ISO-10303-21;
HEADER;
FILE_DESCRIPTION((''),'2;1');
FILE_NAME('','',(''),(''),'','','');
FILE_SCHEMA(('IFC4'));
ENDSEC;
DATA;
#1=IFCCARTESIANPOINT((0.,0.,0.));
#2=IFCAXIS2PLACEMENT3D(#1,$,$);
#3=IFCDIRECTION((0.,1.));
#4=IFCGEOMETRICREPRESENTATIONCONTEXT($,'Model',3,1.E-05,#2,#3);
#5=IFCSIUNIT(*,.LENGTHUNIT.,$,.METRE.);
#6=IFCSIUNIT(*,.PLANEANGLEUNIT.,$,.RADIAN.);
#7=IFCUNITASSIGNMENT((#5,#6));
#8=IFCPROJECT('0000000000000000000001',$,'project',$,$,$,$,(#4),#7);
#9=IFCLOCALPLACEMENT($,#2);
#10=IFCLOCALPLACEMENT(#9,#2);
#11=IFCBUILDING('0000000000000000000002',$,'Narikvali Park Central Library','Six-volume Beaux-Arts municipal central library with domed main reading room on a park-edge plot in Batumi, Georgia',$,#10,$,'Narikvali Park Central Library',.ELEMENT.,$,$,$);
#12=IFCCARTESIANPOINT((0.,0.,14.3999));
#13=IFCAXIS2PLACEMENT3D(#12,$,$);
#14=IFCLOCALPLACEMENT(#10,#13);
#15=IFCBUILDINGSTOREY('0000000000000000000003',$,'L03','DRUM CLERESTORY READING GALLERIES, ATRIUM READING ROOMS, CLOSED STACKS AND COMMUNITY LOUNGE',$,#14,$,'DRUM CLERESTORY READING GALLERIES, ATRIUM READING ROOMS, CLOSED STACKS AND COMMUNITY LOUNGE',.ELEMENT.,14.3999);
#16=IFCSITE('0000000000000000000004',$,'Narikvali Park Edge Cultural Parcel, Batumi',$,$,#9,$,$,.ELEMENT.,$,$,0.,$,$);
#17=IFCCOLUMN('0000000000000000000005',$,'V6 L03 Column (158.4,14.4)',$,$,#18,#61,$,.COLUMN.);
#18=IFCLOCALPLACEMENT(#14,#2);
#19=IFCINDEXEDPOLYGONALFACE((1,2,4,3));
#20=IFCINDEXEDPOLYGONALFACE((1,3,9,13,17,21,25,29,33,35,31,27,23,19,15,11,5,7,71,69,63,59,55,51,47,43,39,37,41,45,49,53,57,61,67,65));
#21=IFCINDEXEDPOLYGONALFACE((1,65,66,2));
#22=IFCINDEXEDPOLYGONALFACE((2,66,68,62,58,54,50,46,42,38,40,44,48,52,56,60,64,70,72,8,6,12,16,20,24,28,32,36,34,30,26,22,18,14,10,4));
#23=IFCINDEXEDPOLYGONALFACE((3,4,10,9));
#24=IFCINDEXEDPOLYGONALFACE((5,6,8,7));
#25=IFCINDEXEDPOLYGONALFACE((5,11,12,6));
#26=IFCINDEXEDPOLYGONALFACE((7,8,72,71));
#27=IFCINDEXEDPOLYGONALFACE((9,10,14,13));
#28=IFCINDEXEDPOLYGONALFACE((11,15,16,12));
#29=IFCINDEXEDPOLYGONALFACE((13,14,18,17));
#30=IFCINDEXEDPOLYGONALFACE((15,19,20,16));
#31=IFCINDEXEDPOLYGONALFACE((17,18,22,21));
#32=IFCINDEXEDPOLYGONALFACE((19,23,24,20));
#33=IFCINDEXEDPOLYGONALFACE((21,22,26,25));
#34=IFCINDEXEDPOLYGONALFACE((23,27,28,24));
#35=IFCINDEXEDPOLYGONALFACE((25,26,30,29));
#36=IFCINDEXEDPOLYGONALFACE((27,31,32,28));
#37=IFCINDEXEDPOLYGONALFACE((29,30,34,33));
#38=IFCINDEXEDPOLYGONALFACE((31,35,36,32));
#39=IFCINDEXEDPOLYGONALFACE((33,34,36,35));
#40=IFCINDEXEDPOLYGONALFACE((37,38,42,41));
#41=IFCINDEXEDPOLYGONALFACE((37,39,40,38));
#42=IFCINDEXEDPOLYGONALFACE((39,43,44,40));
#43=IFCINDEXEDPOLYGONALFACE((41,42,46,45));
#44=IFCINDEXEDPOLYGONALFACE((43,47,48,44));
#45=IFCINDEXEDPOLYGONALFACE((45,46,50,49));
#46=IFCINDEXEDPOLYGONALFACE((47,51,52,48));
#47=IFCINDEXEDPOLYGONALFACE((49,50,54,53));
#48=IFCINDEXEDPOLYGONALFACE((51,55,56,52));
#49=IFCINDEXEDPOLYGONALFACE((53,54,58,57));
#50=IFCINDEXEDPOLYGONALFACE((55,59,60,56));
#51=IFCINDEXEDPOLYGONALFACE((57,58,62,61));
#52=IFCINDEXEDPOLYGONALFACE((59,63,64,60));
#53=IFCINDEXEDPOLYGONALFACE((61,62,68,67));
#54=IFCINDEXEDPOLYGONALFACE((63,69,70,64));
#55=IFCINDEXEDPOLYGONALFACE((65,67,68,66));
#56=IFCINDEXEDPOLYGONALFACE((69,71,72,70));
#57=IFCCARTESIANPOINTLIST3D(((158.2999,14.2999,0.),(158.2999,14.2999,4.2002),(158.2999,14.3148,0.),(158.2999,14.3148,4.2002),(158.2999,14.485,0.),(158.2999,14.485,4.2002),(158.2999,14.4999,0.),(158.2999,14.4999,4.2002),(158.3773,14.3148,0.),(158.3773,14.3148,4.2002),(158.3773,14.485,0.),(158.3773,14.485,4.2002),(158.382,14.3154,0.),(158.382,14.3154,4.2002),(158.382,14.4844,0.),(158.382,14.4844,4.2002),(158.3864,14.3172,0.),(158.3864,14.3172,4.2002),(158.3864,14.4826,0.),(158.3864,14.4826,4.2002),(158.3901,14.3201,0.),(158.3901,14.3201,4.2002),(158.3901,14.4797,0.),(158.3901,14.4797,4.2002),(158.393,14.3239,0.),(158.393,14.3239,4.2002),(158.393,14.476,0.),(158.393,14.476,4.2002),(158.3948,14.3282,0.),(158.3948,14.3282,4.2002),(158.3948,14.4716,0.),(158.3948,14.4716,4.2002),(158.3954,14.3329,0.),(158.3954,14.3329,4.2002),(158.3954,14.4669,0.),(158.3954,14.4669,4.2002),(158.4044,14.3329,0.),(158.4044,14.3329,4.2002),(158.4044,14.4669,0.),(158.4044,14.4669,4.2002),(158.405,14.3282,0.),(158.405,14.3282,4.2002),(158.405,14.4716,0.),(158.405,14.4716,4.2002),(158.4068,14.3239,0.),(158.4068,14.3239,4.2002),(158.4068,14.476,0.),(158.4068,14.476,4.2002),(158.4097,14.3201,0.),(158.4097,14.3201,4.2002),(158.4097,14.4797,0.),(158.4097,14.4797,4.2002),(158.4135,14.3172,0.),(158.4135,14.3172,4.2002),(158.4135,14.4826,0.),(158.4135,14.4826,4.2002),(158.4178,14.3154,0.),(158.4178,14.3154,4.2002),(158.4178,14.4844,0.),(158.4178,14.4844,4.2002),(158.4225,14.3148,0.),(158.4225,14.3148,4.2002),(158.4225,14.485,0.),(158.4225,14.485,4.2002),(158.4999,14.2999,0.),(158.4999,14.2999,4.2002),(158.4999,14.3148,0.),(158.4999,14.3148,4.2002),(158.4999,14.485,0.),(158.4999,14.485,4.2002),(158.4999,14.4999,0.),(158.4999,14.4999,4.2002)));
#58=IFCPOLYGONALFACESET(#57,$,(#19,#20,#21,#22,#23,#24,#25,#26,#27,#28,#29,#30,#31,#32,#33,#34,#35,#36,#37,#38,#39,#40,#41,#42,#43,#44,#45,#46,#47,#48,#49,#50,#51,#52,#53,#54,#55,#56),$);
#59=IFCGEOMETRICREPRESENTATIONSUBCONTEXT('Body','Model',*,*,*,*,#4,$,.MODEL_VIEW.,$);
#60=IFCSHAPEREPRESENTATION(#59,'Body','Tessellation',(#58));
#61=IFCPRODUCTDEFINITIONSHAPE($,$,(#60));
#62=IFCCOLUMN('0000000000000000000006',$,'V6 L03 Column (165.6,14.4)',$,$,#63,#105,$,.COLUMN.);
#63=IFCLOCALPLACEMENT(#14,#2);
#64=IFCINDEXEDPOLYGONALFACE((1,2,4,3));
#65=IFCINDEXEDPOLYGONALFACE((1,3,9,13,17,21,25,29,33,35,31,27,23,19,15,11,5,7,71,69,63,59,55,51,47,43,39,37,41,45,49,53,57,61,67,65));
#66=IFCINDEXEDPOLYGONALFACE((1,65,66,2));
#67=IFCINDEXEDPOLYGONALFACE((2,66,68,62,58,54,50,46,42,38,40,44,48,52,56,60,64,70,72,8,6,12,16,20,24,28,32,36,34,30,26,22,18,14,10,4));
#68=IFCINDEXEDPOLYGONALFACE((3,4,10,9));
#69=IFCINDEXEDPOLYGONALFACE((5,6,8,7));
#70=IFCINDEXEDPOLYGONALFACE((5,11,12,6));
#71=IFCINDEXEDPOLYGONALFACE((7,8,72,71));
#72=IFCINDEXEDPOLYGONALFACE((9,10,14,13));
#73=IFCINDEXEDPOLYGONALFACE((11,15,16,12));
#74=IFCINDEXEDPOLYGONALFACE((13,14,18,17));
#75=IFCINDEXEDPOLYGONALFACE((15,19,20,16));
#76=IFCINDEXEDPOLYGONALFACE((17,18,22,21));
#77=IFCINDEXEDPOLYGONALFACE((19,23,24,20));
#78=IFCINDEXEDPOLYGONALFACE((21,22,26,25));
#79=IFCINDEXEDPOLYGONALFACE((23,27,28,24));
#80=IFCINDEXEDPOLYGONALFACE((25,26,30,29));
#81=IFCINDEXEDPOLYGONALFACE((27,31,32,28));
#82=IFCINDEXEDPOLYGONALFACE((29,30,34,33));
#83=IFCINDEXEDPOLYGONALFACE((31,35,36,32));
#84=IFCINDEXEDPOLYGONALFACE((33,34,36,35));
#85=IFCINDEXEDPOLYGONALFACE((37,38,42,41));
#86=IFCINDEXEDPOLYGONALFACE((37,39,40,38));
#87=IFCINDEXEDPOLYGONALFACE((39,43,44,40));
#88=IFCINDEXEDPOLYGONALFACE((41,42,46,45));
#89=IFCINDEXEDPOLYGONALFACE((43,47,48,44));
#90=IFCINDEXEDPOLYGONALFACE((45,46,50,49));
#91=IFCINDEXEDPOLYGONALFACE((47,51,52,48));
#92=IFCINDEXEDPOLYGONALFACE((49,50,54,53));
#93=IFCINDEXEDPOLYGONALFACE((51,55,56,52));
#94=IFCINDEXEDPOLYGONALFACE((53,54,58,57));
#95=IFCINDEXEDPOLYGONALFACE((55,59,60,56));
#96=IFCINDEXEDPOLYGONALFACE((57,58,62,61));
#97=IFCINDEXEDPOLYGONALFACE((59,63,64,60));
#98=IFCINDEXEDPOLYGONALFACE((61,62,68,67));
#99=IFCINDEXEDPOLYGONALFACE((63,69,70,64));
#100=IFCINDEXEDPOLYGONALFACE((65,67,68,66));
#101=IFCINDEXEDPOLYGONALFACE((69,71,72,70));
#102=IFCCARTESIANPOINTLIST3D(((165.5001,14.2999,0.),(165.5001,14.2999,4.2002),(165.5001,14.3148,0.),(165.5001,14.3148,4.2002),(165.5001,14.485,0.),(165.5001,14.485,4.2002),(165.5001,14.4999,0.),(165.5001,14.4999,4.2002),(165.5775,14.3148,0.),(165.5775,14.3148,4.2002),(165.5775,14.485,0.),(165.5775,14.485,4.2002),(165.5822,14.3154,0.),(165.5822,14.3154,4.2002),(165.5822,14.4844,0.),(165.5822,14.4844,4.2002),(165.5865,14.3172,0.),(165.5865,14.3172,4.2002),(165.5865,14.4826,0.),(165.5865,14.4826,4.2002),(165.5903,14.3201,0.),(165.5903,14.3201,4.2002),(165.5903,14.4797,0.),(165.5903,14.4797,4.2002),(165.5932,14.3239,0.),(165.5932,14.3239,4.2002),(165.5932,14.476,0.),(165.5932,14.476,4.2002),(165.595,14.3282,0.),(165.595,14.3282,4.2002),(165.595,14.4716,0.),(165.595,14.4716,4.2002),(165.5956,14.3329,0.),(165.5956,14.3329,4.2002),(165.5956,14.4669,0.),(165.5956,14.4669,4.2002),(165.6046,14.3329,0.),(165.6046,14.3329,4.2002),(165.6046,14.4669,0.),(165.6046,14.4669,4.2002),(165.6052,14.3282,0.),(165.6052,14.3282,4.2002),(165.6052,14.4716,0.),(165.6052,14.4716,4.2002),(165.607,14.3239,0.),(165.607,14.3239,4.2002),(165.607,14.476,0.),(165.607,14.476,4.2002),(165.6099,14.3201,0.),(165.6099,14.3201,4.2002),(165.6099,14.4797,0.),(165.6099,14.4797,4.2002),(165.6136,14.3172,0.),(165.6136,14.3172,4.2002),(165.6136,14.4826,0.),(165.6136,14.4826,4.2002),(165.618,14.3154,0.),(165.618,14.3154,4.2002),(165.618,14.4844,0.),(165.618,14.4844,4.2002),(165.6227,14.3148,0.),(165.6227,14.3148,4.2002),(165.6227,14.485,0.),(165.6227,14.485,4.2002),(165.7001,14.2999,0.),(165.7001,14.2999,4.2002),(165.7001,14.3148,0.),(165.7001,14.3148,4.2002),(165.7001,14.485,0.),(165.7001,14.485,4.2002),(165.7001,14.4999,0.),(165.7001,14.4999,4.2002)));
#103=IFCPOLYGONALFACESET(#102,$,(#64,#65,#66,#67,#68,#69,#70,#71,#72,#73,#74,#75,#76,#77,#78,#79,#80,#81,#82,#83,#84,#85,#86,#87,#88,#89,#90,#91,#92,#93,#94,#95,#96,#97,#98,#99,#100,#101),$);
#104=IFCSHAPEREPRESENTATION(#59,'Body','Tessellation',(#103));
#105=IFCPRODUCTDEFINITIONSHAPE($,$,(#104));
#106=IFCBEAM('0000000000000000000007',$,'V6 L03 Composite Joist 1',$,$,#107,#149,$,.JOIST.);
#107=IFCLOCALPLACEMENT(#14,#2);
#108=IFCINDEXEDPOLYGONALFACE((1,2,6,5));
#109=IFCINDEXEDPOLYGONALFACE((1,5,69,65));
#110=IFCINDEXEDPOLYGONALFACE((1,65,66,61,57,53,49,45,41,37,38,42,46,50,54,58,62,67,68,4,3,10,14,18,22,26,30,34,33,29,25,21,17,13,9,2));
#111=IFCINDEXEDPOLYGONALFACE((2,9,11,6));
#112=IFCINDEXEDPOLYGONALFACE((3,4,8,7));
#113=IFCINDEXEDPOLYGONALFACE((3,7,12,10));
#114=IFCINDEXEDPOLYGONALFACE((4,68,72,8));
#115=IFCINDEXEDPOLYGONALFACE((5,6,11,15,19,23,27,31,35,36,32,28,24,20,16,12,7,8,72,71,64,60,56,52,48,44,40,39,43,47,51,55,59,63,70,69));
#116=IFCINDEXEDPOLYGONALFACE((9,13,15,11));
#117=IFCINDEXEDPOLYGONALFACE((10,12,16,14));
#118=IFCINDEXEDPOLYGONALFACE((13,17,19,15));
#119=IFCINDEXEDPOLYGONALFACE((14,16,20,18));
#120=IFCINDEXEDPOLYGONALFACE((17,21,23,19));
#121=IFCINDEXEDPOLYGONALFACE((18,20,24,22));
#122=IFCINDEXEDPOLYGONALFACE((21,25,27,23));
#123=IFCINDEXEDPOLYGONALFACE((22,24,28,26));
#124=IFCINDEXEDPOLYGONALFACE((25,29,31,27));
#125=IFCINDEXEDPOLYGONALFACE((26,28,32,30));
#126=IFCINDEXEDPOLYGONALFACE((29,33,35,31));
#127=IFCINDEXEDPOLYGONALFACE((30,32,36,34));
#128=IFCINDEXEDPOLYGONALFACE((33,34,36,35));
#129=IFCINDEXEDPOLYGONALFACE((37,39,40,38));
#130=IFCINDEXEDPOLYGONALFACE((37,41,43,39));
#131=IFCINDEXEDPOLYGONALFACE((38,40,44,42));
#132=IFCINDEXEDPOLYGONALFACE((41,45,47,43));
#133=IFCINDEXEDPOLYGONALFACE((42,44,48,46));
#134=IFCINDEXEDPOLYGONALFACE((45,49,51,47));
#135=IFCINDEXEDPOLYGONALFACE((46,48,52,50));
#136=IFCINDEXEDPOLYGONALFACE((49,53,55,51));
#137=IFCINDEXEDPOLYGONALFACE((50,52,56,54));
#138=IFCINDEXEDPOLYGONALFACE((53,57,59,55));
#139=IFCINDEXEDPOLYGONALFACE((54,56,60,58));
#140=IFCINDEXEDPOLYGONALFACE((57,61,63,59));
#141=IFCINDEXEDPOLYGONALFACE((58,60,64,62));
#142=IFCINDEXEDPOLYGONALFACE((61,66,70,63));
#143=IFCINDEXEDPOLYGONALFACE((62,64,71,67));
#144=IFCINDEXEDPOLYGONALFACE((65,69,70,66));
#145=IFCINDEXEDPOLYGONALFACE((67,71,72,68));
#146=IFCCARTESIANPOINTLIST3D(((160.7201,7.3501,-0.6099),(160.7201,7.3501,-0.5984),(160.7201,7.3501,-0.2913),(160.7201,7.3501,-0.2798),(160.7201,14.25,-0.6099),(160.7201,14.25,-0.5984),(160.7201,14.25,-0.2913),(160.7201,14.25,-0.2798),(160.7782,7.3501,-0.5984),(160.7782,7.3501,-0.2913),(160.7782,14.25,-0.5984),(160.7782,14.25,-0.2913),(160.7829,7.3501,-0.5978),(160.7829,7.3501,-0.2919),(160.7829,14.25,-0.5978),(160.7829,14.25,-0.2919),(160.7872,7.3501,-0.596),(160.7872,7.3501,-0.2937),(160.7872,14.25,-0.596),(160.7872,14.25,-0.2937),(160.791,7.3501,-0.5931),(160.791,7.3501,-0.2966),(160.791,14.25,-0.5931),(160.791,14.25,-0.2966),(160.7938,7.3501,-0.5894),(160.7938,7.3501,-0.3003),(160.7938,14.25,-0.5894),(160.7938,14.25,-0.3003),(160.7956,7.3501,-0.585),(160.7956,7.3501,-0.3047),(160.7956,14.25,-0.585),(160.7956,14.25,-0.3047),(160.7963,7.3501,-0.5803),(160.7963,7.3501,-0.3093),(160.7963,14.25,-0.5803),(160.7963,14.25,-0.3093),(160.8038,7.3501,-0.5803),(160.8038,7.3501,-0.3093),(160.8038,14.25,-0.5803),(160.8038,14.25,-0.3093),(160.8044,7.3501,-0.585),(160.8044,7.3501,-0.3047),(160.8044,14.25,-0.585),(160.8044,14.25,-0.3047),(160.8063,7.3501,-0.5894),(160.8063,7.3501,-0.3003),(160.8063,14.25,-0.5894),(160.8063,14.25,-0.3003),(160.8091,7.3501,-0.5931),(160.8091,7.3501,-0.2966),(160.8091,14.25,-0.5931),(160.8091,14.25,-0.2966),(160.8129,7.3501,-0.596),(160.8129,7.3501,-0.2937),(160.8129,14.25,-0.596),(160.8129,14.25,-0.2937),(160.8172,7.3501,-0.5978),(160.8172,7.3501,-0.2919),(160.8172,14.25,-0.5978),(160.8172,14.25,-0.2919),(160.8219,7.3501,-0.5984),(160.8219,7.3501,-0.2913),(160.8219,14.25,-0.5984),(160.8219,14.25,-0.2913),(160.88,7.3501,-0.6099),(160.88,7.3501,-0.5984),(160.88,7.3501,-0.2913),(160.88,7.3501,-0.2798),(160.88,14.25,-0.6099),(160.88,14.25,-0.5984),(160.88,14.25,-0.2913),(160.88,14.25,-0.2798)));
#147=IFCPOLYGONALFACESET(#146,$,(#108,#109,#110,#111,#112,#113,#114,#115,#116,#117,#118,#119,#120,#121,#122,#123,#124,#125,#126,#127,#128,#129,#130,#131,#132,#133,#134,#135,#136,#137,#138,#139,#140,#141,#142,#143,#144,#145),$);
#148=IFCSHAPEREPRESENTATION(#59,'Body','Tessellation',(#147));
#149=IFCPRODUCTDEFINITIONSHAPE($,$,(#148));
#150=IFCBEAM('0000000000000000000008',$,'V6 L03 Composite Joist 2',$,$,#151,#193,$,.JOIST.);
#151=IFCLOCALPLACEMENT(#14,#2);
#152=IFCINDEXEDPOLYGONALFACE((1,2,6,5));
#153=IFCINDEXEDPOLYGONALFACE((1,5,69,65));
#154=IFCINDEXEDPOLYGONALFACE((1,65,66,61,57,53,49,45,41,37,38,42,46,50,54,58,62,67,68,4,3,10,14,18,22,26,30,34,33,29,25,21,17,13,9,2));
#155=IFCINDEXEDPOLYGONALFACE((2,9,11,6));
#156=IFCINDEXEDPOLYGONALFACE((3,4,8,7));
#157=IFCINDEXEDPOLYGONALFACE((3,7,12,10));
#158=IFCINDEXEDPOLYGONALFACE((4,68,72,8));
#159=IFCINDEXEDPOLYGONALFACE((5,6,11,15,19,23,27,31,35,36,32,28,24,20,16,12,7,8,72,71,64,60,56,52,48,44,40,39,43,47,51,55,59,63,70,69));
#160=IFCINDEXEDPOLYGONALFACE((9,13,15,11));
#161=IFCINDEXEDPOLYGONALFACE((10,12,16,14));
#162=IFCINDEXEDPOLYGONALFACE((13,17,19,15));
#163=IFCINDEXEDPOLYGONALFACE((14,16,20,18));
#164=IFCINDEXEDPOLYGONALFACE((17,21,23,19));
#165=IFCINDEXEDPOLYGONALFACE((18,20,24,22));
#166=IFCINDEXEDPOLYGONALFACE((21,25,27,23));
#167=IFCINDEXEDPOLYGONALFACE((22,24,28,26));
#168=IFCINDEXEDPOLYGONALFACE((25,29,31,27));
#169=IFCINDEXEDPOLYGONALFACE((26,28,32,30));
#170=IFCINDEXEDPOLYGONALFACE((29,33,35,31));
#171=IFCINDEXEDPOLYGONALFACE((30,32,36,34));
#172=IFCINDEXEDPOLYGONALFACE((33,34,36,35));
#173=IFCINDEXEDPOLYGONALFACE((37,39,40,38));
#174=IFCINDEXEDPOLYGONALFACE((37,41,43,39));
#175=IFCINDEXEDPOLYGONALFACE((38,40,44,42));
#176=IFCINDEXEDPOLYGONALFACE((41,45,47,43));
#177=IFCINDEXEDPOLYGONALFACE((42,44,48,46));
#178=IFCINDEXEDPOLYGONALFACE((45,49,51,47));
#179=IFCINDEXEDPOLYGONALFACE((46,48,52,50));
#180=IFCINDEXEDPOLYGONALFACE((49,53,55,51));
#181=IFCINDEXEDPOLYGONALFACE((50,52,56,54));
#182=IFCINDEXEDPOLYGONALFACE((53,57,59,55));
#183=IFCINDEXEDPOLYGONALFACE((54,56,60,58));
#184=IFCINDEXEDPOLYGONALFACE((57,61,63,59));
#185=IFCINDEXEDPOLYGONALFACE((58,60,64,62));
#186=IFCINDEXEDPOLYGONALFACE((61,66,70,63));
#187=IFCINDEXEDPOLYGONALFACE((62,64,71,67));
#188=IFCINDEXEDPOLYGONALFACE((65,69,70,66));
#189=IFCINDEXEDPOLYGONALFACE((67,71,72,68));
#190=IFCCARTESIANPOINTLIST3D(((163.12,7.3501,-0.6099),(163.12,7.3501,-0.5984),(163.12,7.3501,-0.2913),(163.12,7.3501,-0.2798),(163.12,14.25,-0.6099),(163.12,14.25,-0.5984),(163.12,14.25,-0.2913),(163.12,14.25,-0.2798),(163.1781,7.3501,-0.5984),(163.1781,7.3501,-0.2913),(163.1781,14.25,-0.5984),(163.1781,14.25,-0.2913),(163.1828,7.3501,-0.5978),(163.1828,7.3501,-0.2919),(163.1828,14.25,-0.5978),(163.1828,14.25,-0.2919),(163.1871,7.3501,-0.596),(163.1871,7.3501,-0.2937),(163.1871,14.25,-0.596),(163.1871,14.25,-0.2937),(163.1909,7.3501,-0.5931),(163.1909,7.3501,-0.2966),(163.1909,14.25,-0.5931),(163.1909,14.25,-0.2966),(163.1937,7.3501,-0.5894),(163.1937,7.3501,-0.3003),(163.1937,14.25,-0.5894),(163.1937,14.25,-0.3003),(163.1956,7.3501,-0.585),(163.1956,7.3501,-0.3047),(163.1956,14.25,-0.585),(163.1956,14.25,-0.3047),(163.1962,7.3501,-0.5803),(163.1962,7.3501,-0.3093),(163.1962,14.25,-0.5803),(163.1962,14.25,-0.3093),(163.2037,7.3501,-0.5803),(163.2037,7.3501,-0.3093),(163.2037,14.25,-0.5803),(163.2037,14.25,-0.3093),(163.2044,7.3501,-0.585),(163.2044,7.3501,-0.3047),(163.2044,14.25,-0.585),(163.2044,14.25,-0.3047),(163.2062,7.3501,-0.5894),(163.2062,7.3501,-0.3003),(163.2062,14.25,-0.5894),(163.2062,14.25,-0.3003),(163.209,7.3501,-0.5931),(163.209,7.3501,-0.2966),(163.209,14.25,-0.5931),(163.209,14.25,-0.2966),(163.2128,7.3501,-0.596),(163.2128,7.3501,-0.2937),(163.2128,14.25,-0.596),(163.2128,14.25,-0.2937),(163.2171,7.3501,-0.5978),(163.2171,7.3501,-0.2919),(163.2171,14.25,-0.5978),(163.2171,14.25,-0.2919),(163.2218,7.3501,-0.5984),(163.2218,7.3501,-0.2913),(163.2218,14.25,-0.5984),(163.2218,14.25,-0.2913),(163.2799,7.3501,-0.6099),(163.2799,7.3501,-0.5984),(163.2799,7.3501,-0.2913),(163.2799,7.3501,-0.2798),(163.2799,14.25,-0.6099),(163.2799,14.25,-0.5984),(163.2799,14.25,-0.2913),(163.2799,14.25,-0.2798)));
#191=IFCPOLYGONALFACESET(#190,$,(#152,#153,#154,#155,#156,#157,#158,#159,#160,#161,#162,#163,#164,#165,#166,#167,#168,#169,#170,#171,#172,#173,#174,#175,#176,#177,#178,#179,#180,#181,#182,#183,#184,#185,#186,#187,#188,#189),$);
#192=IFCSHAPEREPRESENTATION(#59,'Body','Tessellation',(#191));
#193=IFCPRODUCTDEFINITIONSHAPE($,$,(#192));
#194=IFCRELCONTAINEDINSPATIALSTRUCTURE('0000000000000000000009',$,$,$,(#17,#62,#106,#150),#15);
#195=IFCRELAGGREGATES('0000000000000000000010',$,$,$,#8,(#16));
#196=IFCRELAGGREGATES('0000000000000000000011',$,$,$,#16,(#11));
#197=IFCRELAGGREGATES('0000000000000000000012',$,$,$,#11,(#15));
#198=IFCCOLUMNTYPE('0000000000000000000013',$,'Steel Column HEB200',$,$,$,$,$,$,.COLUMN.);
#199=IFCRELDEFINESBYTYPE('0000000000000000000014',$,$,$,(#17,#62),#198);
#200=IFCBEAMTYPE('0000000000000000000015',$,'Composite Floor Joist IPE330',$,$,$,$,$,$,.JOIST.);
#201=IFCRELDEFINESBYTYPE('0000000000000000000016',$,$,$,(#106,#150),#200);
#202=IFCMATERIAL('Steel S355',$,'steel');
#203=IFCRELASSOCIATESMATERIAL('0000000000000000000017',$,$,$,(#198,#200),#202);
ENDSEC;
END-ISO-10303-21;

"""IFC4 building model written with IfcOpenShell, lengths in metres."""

from ifc_helpers import new_model, si_unit, direction, frame, origin, origin_2d, place, context, subcontext, project, spatial, i_section, extrude, material, material_profile, profile_set, type_object, element, save


model = new_model("IFC4")

# Units and contexts
model_context = context("Model", 3, precision=1e-05, world=origin(), true_north=direction((0.0, 1.0)))
body_context = subcontext(model_context, "Body", "Model", "MODEL_VIEW")
ifc_project = project(units=[si_unit("LENGTHUNIT", "METRE"), si_unit("PLANEANGLEUNIT", "RADIAN")], contexts=[model_context])

# Site, building, storey
site_placement = place(None, origin())
site = spatial("IfcSite", under=ifc_project, at=site_placement, Name="Narikvali Park Edge Cultural Parcel, Batumi", CompositionType="ELEMENT", RefElevation=0.0)
building_placement = place(site_placement, origin())
building = spatial("IfcBuilding", under=site, at=building_placement, Name="Narikvali Park Central Library", Description="Six-volume Beaux-Arts municipal central library with domed main reading room on a park-edge plot in Batumi, Georgia", LongName="Narikvali Park Central Library", CompositionType="ELEMENT")
storey_placement = place(building_placement, frame((0.0, 0.0, 14.3999)))
storey = spatial("IfcBuildingStorey", under=building, at=storey_placement, Name="L03", Description="DRUM CLERESTORY READING GALLERIES, ATRIUM READING ROOMS, CLOSED STACKS AND COMMUNITY LOUNGE", LongName="DRUM CLERESTORY READING GALLERIES, ATRIUM READING ROOMS, CLOSED STACKS AND COMMUNITY LOUNGE", CompositionType="ELEMENT", Elevation=14.3999)

# Columns
ifc_material_1 = material(Name="Steel S355", Category="steel")
ifc_material_profile_1 = material_profile(ifc_material_1, i_section(OverallWidth=0.2, OverallDepth=0.2, WebThickness=0.009, FlangeThickness=0.0149, FilletRadius=0.0181, at=origin_2d()), Name="HEB 200")
ifc_profile_set_1 = profile_set([ifc_material_profile_1], Name="Steel S355")
column_type = type_object("IfcColumnType", Name="Steel Column HEB200", PredefinedType="COLUMN", material=ifc_profile_set_1)
for number, where, z_axis, x_axis, name in (
    (1, (158.3999, 14.3999, 0.0), (0.0, 0.0, 1.0), (1.0, 0.0, 0.0), "V6 L03 Column (158.4,14.4)"),
    (2, (165.6001, 14.3999, 0.0), (0.0, 0.0, 1.0), (1.0, 0.0, 0.0), "V6 L03 Column (165.6,14.4)"),
):
    element("IfcColumn", number, at=place(storey_placement, frame(where, z_axis=z_axis, x_axis=x_axis)), inside=storey, type_object=column_type, Name=name, PredefinedType="COLUMN", context=body_context, shape_type="SweptSolid", body=[
        extrude(i_section(OverallWidth=0.2, OverallDepth=0.2, WebThickness=0.009, FlangeThickness=0.0149, FilletRadius=0.0181, at=origin_2d()), origin(), (0.0, 0.0, 1.0), 4.2002),
    ])

# Beams
ifc_material_profile_2 = material_profile(ifc_material_1, i_section(OverallWidth=0.1599, OverallDepth=0.3301, WebThickness=0.0076, FlangeThickness=0.0115, FilletRadius=0.0181, at=origin_2d()), Name="IPE 330")
ifc_profile_set_2 = profile_set([ifc_material_profile_2], Name="Steel S355")
beam_type_1 = type_object("IfcBeamType", Name="Composite Floor Joist IPE330", PredefinedType="JOIST", material=ifc_profile_set_2)
for number, where, z_axis, x_axis, name in (
    (3, (160.8, 7.3501, -0.4448), (0.0, 1.0, 0.0), (-1.0, 0.0, 0.0), "V6 L03 Composite Joist 1"),
    (4, (163.2, 7.3501, -0.4448), (0.0, 1.0, 0.0), (-1.0, 0.0, 0.0), "V6 L03 Composite Joist 2"),
):
    element("IfcBeam", number, at=place(storey_placement, frame(where, z_axis=z_axis, x_axis=x_axis)), inside=storey, type_object=beam_type_1, Name=name, PredefinedType="JOIST", context=body_context, shape_type="SweptSolid", body=[
        extrude(i_section(OverallWidth=0.1599, OverallDepth=0.3301, WebThickness=0.0076, FlangeThickness=0.0115, FilletRadius=0.0181, at=origin_2d()), origin(), (0.0, 0.0, 1.0), 6.8999),
    ])

save(model, "model.ifc")
